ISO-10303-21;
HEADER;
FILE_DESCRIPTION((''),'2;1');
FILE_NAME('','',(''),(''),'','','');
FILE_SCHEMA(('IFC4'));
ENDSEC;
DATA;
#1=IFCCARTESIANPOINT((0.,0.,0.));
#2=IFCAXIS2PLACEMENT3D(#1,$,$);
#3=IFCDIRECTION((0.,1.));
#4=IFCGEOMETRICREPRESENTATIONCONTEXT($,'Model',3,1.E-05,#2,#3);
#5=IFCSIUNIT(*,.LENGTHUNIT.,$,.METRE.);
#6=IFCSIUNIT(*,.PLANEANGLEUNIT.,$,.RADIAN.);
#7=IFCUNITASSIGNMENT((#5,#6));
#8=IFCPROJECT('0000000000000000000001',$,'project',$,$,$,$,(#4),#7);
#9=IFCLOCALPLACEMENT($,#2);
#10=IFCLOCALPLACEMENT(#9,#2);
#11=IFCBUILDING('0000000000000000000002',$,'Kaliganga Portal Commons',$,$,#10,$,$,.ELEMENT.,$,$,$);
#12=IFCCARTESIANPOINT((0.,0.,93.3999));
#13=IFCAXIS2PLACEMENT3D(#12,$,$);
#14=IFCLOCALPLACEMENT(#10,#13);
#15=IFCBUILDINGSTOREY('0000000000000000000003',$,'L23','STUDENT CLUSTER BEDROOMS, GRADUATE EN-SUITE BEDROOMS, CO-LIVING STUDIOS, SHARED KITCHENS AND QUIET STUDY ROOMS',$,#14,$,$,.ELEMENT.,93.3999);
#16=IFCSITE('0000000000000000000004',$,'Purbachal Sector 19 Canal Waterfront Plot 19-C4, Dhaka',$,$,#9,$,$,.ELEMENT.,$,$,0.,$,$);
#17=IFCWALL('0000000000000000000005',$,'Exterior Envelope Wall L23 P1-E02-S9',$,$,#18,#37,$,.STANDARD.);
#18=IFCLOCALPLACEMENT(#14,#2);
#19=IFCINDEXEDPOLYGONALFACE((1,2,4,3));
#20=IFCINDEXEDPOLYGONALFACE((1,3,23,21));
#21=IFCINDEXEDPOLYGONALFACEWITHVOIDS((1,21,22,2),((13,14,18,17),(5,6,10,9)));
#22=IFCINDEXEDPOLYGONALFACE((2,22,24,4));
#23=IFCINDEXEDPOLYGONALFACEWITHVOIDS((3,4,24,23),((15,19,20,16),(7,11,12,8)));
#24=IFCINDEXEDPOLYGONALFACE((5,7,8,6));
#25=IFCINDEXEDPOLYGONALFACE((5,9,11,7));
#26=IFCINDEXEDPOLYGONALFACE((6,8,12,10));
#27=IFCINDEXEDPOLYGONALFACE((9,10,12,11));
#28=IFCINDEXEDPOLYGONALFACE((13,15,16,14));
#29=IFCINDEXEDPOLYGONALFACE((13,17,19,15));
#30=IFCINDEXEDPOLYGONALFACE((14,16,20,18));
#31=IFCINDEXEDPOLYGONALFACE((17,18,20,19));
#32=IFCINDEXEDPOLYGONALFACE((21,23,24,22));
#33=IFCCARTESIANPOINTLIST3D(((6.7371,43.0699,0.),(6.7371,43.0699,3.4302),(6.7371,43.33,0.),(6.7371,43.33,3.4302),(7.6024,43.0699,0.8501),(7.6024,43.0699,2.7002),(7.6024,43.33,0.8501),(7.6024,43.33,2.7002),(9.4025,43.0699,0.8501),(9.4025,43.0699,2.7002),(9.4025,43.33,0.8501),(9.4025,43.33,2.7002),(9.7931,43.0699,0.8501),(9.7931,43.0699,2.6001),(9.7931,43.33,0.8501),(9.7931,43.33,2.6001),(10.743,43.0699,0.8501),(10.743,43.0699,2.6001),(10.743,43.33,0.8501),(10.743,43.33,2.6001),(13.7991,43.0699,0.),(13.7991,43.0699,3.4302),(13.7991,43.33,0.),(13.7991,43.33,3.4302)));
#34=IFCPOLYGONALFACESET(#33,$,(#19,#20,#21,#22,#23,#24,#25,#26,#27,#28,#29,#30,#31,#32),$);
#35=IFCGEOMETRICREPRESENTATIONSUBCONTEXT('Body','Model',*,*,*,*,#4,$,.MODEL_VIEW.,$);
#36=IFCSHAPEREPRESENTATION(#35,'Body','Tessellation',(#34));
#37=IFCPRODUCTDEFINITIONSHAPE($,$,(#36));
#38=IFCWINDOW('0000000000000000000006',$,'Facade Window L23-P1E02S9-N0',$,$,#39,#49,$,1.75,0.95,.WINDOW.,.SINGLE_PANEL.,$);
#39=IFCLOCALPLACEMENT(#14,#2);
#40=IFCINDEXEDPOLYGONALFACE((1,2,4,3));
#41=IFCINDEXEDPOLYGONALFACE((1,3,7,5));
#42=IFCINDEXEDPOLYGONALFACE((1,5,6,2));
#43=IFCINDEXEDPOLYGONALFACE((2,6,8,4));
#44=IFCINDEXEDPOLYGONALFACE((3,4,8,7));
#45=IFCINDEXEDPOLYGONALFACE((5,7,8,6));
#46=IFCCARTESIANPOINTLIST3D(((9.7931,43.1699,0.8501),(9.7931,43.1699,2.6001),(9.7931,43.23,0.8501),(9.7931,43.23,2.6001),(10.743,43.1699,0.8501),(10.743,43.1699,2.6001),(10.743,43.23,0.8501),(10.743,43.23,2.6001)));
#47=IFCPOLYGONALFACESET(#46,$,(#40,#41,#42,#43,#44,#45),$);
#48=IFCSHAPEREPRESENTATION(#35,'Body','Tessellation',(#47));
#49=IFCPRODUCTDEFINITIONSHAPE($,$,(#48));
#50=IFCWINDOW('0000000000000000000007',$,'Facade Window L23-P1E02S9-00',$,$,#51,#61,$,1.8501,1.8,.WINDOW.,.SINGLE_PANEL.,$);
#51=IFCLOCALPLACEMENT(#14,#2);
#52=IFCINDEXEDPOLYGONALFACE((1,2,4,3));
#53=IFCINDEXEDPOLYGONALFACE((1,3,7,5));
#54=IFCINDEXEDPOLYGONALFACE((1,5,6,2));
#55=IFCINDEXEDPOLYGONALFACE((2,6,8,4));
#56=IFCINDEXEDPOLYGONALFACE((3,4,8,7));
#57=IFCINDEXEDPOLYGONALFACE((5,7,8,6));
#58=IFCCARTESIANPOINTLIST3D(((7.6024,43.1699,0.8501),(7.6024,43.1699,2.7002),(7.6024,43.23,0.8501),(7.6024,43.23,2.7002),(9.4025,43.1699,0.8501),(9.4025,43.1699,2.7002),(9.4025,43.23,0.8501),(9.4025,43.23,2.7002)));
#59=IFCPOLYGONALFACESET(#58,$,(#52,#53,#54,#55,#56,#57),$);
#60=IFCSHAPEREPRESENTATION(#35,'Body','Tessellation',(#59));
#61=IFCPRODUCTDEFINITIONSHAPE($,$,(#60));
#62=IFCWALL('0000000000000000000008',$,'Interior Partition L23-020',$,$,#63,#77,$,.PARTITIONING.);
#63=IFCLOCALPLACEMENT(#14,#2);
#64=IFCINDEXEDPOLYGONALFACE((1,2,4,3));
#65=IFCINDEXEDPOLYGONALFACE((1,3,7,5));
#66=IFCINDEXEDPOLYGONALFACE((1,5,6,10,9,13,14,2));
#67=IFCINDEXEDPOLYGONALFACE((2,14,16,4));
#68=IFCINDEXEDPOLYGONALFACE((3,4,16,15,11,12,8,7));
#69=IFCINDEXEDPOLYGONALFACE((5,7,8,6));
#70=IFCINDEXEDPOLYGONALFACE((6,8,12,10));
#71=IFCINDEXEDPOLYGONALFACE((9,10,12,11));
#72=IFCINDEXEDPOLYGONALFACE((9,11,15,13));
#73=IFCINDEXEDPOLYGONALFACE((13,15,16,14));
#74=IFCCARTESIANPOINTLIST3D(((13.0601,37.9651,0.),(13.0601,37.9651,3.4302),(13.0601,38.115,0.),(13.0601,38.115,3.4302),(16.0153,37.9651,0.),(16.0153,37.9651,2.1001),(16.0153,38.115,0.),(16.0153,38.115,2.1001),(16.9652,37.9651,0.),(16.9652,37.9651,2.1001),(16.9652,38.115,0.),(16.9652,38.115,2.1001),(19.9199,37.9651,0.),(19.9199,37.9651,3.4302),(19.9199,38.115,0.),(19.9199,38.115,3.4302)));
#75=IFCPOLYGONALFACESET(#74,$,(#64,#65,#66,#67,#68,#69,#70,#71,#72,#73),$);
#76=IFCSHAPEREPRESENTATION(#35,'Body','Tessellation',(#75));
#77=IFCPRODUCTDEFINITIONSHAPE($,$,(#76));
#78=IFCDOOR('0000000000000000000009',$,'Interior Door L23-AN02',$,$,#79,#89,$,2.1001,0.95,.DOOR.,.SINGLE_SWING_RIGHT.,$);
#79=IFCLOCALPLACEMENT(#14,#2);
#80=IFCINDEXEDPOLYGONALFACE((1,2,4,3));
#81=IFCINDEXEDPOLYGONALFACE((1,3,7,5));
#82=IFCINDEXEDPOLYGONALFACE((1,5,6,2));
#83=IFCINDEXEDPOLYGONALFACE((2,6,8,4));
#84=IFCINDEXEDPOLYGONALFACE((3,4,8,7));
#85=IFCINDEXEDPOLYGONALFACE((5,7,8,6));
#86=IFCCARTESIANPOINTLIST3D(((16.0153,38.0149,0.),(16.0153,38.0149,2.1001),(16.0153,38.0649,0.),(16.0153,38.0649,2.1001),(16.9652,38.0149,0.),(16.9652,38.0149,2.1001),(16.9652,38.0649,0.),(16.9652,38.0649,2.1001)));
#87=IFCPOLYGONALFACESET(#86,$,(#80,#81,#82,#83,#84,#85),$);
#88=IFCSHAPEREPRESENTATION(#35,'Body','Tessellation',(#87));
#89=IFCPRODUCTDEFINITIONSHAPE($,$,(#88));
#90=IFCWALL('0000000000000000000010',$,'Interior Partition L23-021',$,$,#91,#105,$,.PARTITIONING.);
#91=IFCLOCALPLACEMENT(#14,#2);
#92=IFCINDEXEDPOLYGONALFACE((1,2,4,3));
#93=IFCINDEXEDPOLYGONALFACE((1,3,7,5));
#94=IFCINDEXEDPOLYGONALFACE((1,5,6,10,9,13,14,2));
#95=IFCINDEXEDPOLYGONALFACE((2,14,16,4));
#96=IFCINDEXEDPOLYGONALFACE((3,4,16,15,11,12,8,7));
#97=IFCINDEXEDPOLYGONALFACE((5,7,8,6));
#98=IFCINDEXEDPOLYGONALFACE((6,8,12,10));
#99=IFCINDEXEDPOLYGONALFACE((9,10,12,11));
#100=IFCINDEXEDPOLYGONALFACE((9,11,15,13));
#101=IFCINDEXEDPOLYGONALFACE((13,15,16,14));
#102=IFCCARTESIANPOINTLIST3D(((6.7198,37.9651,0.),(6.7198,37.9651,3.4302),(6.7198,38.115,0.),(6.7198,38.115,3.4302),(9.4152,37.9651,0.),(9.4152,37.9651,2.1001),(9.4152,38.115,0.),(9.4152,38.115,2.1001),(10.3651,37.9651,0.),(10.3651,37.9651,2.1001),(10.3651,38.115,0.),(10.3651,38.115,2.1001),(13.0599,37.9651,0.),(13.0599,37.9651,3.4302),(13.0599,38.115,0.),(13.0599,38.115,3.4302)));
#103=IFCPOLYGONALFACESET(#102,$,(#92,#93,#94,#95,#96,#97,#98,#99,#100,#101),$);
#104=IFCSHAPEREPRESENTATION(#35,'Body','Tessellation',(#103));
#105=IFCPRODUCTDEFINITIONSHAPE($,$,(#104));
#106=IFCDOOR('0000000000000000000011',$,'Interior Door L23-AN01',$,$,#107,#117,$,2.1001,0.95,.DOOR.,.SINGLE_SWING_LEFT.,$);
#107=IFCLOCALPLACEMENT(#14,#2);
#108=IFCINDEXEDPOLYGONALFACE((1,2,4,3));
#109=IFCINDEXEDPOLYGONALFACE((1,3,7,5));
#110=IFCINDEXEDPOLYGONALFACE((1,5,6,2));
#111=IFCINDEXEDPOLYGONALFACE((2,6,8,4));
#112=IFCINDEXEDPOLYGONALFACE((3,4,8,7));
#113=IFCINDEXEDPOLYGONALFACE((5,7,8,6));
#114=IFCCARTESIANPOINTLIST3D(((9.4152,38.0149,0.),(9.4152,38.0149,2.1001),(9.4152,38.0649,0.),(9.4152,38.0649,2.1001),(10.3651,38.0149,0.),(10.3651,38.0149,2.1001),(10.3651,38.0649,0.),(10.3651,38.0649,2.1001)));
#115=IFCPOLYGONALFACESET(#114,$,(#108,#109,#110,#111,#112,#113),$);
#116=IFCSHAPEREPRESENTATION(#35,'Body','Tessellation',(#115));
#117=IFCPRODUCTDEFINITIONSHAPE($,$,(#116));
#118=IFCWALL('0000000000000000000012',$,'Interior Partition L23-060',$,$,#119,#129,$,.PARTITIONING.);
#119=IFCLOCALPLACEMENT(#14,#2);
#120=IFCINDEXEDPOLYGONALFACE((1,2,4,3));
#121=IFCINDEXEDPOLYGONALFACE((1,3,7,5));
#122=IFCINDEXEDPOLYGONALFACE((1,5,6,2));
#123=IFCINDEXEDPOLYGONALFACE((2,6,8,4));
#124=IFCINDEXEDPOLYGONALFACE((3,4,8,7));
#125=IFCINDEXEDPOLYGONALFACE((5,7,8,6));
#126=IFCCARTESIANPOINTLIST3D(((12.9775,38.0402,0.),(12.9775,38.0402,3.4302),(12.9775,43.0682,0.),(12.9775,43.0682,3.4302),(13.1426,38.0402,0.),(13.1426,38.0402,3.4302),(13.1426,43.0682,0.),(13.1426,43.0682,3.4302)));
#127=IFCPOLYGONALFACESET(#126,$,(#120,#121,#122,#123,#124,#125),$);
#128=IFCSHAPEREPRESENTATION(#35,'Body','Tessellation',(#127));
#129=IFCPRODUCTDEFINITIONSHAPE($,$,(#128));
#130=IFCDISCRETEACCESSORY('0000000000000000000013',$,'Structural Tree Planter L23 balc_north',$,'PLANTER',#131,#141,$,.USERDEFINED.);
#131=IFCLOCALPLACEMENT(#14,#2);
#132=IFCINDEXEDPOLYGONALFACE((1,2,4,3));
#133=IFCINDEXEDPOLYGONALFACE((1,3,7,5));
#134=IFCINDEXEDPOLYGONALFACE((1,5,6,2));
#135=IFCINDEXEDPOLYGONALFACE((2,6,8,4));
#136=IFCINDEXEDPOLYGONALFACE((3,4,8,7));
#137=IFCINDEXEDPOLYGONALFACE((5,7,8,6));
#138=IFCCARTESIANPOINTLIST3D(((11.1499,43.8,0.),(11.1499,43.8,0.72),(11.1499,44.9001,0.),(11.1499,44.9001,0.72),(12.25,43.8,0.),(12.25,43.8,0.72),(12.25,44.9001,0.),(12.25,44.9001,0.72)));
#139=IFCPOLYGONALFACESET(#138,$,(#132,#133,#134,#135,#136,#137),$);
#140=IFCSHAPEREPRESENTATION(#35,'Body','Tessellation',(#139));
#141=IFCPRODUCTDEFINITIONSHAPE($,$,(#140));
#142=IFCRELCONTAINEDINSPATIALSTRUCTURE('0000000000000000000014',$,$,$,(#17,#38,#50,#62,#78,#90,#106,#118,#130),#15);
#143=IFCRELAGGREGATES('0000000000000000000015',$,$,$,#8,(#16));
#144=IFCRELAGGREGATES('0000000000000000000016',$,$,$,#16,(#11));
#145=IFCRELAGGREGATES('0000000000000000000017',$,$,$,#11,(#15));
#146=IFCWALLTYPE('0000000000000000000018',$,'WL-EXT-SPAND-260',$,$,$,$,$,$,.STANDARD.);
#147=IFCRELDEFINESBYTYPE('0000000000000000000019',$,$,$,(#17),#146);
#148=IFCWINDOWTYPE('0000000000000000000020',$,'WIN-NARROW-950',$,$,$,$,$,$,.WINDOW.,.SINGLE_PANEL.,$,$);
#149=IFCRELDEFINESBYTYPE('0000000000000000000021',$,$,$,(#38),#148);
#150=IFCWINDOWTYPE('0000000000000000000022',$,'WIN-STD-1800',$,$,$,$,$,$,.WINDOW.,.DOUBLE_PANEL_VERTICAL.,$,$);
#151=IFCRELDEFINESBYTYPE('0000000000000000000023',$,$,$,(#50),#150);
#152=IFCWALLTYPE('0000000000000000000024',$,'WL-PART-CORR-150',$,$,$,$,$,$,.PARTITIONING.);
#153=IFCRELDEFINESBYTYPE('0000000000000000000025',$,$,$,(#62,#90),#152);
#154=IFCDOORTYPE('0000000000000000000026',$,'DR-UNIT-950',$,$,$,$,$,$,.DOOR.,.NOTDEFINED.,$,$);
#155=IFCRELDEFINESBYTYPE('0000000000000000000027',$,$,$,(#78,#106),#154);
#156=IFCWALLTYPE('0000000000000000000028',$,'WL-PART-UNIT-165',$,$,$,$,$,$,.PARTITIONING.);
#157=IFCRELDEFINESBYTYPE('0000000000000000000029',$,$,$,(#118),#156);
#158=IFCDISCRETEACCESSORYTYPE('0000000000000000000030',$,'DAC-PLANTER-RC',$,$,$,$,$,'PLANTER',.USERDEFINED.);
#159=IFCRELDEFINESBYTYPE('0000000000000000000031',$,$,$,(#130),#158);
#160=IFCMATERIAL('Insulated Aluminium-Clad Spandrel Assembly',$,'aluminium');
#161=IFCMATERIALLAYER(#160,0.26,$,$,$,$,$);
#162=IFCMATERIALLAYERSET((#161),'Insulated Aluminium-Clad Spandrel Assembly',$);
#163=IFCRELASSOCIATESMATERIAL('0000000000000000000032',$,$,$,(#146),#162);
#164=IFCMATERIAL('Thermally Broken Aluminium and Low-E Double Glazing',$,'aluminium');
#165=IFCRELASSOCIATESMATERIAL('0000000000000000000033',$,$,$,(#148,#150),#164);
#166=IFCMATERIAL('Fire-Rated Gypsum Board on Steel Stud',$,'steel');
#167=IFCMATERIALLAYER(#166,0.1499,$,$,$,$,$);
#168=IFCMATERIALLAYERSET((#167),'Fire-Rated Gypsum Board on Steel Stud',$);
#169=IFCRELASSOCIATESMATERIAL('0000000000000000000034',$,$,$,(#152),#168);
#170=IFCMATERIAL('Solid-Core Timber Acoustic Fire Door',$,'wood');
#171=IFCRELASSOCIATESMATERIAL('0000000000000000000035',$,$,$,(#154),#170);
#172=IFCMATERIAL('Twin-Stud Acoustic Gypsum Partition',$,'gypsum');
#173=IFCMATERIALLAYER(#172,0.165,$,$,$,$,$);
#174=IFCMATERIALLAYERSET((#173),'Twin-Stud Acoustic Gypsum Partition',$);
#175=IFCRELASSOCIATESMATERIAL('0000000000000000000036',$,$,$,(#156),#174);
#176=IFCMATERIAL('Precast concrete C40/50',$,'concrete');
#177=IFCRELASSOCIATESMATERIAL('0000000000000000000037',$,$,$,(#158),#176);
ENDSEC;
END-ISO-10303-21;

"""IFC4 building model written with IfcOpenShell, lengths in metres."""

from ifc_helpers import new_model, si_unit, direction, frame, frame_2d, origin, origin_2d, place, context, subcontext, project, spatial, rectangle, extrude, source, transform, mapped, material, layer, layer_set, type_object, element, fill, save


model = new_model("IFC4")

# Units and contexts
model_context = context("Model", 3, precision=1e-05, world=origin(), true_north=direction((0.0, 1.0)))
body_context = subcontext(model_context, "Body", "Model", "MODEL_VIEW")
ifc_project = project(units=[si_unit("LENGTHUNIT", "METRE"), si_unit("PLANEANGLEUNIT", "RADIAN")], contexts=[model_context])

# Site, building, storey
site_placement = place(None, origin())
site = spatial("IfcSite", under=ifc_project, at=site_placement, Name="Purbachal Sector 19 Canal Waterfront Plot 19-C4, Dhaka", CompositionType="ELEMENT", RefElevation=0.0)
building_placement = place(site_placement, origin())
building = spatial("IfcBuilding", under=site, at=building_placement, Name="Kaliganga Portal Commons", CompositionType="ELEMENT")
storey_placement = place(building_placement, frame((0.0, 0.0, 93.3999)))
storey = spatial("IfcBuildingStorey", under=building, at=storey_placement, Name="L23", Description="STUDENT CLUSTER BEDROOMS, GRADUATE EN-SUITE BEDROOMS, CO-LIVING STUDIOS, SHARED KITCHENS AND QUIET STUDY ROOMS", CompositionType="ELEMENT", Elevation=93.3999)

# Wall, openings, windows
ifc_material_1 = material(Name="Insulated Aluminium-Clad Spandrel Assembly", Category="aluminium")
ifc_layer_1 = layer(ifc_material_1, 0.26)
ifc_layer_set_1 = layer_set([ifc_layer_1], Name="Insulated Aluminium-Clad Spandrel Assembly")
wall_type_1 = type_object("IfcWallType", Name="WL-EXT-SPAND-260", PredefinedType="STANDARD", material=ifc_layer_set_1)
wall_1_placement = place(storey_placement, frame((6.7371, 43.2, 0.0), z_axis=(0.0, 0.0, 1.0), x_axis=(1.0, 0.0, 0.0)))
wall_1 = element("IfcWall", 1, at=wall_1_placement, inside=storey, type_object=wall_type_1, Name="Exterior Envelope Wall L23 P1-E02-S9", PredefinedType="STANDARD", context=body_context, shape_type="SweptSolid", body=[
    extrude(rectangle(XDim=7.062, YDim=0.26, at=frame_2d((3.531, 0.0))), origin(), (0.0, 0.0, 1.0), 3.4302),
])
opening_1_placement = place(wall_1_placement, frame((0.8655, 0.0, 0.8501)))
opening_1 = element("IfcOpeningElement", 2, at=opening_1_placement, cuts=wall_1, PredefinedType="OPENING", context=body_context, shape_type="SweptSolid", body=[
    extrude(rectangle(XDim=1.8, YDim=1.8501, at=frame_2d((0.8999, 0.925))), frame((0.0, 0.1401, 0.0), z_axis=(0.0, -1.0, 0.0), x_axis=(1.0, 0.0, 0.0)), (0.0, 0.0, 1.0), 0.28),
])
opening_2_placement = place(wall_1_placement, frame((3.0559, 0.0, 0.8501)))
opening_2 = element("IfcOpeningElement", 3, at=opening_2_placement, cuts=wall_1, PredefinedType="OPENING", context=body_context, shape_type="SweptSolid", body=[
    extrude(rectangle(XDim=0.95, YDim=1.75, at=frame_2d((0.4751, 0.875))), frame((0.0, 0.1401, 0.0), z_axis=(0.0, -1.0, 0.0), x_axis=(1.0, 0.0, 0.0)), (0.0, 0.0, 1.0), 0.28),
])
ifc_material_2 = material(Name="Thermally Broken Aluminium and Low-E Double Glazing", Category="aluminium")
window_type_1 = type_object("IfcWindowType", Name="WIN-NARROW-950", PartitioningType="SINGLE_PANEL", PredefinedType="WINDOW", material=ifc_material_2)
window_1_placement = place(opening_2_placement, origin())
window_1 = element("IfcWindow", 4, at=window_1_placement, inside=storey, type_object=window_type_1, Name="Facade Window L23-P1E02S9-N0", OverallHeight=1.75, OverallWidth=0.95, PartitioningType="SINGLE_PANEL", PredefinedType="WINDOW", context=body_context, shape_type="SweptSolid", body=[
    extrude(rectangle(XDim=0.95, YDim=1.75, at=frame_2d((0.4751, 0.875))), frame((0.0, 0.03, 0.0), z_axis=(0.0, -1.0, 0.0), x_axis=(1.0, 0.0, 0.0)), (0.0, 0.0, 1.0), 0.0601),
])
fill(opening_2, window_1)
window_type_2 = type_object("IfcWindowType", Name="WIN-STD-1800", PartitioningType="DOUBLE_PANEL_VERTICAL", PredefinedType="WINDOW", material=ifc_material_2)
window_2_placement = place(opening_1_placement, origin())
window_2 = element("IfcWindow", 5, at=window_2_placement, inside=storey, type_object=window_type_2, Name="Facade Window L23-P1E02S9-00", OverallHeight=1.8501, OverallWidth=1.8, PartitioningType="SINGLE_PANEL", PredefinedType="WINDOW", context=body_context, shape_type="SweptSolid", body=[
    extrude(rectangle(XDim=1.8, YDim=1.8501, at=frame_2d((0.8999, 0.925))), frame((0.0, 0.03, 0.0), z_axis=(0.0, -1.0, 0.0), x_axis=(1.0, 0.0, 0.0)), (0.0, 0.0, 1.0), 0.0601),
])
fill(opening_1, window_2)

# Walls, openings, doors
ifc_material_3 = material(Name="Fire-Rated Gypsum Board on Steel Stud", Category="steel")
ifc_layer_2 = layer(ifc_material_3, 0.1499)
ifc_layer_set_2 = layer_set([ifc_layer_2], Name="Fire-Rated Gypsum Board on Steel Stud")
wall_type_2 = type_object("IfcWallType", Name="WL-PART-CORR-150", PredefinedType="PARTITIONING", material=ifc_layer_set_2)
wall_2_placement = place(storey_placement, frame((13.0601, 38.04, 0.0), z_axis=(0.0, 0.0, 1.0), x_axis=(1.0, 0.0, 0.0)))
wall_2 = element("IfcWall", 6, at=wall_2_placement, inside=storey, type_object=wall_type_2, Name="Interior Partition L23-020", PredefinedType="PARTITIONING", context=body_context, shape_type="SweptSolid", body=[
    extrude(rectangle(XDim=6.8599, YDim=0.1499, at=frame_2d((3.4299, 0.0))), origin(), (0.0, 0.0, 1.0), 3.4302),
])
opening_3_placement = place(wall_2_placement, frame((2.9551, 0.0, 0.0)))
opening_3 = element("IfcOpeningElement", 7, at=opening_3_placement, cuts=wall_2, PredefinedType="OPENING", context=body_context, shape_type="SweptSolid", body=[
    extrude(rectangle(XDim=0.95, YDim=2.1001, at=frame_2d((0.4751, 1.05))), frame((0.0, 0.085, 0.0), z_axis=(0.0, -1.0, 0.0), x_axis=(1.0, 0.0, 0.0)), (0.0, 0.0, 1.0), 0.1699),
])
ifc_material_4 = material(Name="Solid-Core Timber Acoustic Fire Door", Category="wood")
door_type = type_object("IfcDoorType", Name="DR-UNIT-950", OperationType="NOTDEFINED", PredefinedType="DOOR", material=ifc_material_4)
door_1_placement = place(opening_3_placement, origin())
door_1 = element("IfcDoor", 8, at=door_1_placement, inside=storey, type_object=door_type, Name="Interior Door L23-AN02", OperationType="SINGLE_SWING_RIGHT", OverallHeight=2.1001, OverallWidth=0.95, PredefinedType="DOOR", context=body_context, shape_type="SweptSolid", body=[
    extrude(rectangle(XDim=0.95, YDim=2.1001, at=frame_2d((0.4751, 1.05))), frame((0.0, 0.0249, 0.0), z_axis=(0.0, -1.0, 0.0), x_axis=(1.0, 0.0, 0.0)), (0.0, 0.0, 1.0), 0.05),
])
fill(opening_3, door_1)
wall_3_placement = place(storey_placement, frame((6.72, 38.04, 0.0), z_axis=(0.0, 0.0, 1.0), x_axis=(1.0, 0.0, 0.0)))
wall_3 = element("IfcWall", 9, at=wall_3_placement, inside=storey, type_object=wall_type_2, Name="Interior Partition L23-021", PredefinedType="PARTITIONING", context=body_context, shape_type="SweptSolid", body=[
    extrude(rectangle(XDim=6.3401, YDim=0.1499, at=frame_2d((3.1699, 0.0))), origin(), (0.0, 0.0, 1.0), 3.4302),
])
opening_4_placement = place(wall_3_placement, frame((2.6951, 0.0, 0.0)))
opening_4 = element("IfcOpeningElement", 10, at=opening_4_placement, cuts=wall_3, PredefinedType="OPENING", context=body_context, shape_type="SweptSolid", body=[
    extrude(rectangle(XDim=0.95, YDim=2.1001, at=frame_2d((0.4751, 1.05))), frame((0.0, 0.085, 0.0), z_axis=(0.0, -1.0, 0.0), x_axis=(1.0, 0.0, 0.0)), (0.0, 0.0, 1.0), 0.1699),
])
door_2_placement = place(opening_4_placement, origin())
door_2 = element("IfcDoor", 11, at=door_2_placement, inside=storey, type_object=door_type, Name="Interior Door L23-AN01", OperationType="SINGLE_SWING_LEFT", OverallHeight=2.1001, OverallWidth=0.95, PredefinedType="DOOR", context=body_context, shape_type="SweptSolid", body=[
    extrude(rectangle(XDim=0.95, YDim=2.1001, at=frame_2d((0.4751, 1.05))), frame((0.0, 0.0249, 0.0), z_axis=(0.0, -1.0, 0.0), x_axis=(1.0, 0.0, 0.0)), (0.0, 0.0, 1.0), 0.05),
])
fill(opening_4, door_2)

# Wall
ifc_material_5 = material(Name="Twin-Stud Acoustic Gypsum Partition", Category="gypsum")
ifc_layer_3 = layer(ifc_material_5, 0.165)
ifc_layer_set_3 = layer_set([ifc_layer_3], Name="Twin-Stud Acoustic Gypsum Partition")
wall_type_3 = type_object("IfcWallType", Name="WL-PART-UNIT-165", PredefinedType="PARTITIONING", material=ifc_layer_set_3)
wall_4_placement = place(storey_placement, frame((13.0601, 38.04, 0.0), z_axis=(0.0, 0.0, 1.0), x_axis=(0.0, 1.0, 0.0)))
element("IfcWall", 12, at=wall_4_placement, inside=storey, type_object=wall_type_3, Name="Interior Partition L23-060", PredefinedType="PARTITIONING", context=body_context, shape_type="SweptSolid", body=[
    extrude(rectangle(XDim=5.0281, YDim=0.165, at=frame_2d((2.5142, 0.0))), origin(), (0.0, 0.0, 1.0), 3.4302),
])

# Discrete accessory
ifc_material_6 = material(Name="Precast concrete C40/50", Category="concrete")
discrete_accessory_type = type_object("IfcDiscreteAccessoryType", Name="DAC-PLANTER-RC", ElementType="PLANTER", PredefinedType="USERDEFINED", material=ifc_material_6)
shared_shape_1 = source(origin(), body_context, "Body", "SweptSolid", [
    extrude(rectangle(XDim=1.1001, YDim=1.1001, at=origin_2d()), origin(), (0.0, 0.0, 1.0), 0.72),
])
discrete_accessory_placement = place(storey_placement, frame((11.7, 44.3501, 0.0), z_axis=(0.0, 0.0, 1.0), x_axis=(1.0, 0.0, 0.0)))
element("IfcDiscreteAccessory", 13, at=discrete_accessory_placement, inside=storey, type_object=discrete_accessory_type, Name="Structural Tree Planter L23 balc_north", ObjectType="PLANTER", PredefinedType="USERDEFINED", context=body_context, shape_type="MappedRepresentation", body=[
    mapped(shared_shape_1, transform((0.0, 0.0, 0.0), x_axis=(1.0, 0.0, 0.0), y_axis=(0.0, 1.0, 0.0), z_axis=(0.0, 0.0, 1.0), scale=1.0)),
])

save(model, "model.ifc")
